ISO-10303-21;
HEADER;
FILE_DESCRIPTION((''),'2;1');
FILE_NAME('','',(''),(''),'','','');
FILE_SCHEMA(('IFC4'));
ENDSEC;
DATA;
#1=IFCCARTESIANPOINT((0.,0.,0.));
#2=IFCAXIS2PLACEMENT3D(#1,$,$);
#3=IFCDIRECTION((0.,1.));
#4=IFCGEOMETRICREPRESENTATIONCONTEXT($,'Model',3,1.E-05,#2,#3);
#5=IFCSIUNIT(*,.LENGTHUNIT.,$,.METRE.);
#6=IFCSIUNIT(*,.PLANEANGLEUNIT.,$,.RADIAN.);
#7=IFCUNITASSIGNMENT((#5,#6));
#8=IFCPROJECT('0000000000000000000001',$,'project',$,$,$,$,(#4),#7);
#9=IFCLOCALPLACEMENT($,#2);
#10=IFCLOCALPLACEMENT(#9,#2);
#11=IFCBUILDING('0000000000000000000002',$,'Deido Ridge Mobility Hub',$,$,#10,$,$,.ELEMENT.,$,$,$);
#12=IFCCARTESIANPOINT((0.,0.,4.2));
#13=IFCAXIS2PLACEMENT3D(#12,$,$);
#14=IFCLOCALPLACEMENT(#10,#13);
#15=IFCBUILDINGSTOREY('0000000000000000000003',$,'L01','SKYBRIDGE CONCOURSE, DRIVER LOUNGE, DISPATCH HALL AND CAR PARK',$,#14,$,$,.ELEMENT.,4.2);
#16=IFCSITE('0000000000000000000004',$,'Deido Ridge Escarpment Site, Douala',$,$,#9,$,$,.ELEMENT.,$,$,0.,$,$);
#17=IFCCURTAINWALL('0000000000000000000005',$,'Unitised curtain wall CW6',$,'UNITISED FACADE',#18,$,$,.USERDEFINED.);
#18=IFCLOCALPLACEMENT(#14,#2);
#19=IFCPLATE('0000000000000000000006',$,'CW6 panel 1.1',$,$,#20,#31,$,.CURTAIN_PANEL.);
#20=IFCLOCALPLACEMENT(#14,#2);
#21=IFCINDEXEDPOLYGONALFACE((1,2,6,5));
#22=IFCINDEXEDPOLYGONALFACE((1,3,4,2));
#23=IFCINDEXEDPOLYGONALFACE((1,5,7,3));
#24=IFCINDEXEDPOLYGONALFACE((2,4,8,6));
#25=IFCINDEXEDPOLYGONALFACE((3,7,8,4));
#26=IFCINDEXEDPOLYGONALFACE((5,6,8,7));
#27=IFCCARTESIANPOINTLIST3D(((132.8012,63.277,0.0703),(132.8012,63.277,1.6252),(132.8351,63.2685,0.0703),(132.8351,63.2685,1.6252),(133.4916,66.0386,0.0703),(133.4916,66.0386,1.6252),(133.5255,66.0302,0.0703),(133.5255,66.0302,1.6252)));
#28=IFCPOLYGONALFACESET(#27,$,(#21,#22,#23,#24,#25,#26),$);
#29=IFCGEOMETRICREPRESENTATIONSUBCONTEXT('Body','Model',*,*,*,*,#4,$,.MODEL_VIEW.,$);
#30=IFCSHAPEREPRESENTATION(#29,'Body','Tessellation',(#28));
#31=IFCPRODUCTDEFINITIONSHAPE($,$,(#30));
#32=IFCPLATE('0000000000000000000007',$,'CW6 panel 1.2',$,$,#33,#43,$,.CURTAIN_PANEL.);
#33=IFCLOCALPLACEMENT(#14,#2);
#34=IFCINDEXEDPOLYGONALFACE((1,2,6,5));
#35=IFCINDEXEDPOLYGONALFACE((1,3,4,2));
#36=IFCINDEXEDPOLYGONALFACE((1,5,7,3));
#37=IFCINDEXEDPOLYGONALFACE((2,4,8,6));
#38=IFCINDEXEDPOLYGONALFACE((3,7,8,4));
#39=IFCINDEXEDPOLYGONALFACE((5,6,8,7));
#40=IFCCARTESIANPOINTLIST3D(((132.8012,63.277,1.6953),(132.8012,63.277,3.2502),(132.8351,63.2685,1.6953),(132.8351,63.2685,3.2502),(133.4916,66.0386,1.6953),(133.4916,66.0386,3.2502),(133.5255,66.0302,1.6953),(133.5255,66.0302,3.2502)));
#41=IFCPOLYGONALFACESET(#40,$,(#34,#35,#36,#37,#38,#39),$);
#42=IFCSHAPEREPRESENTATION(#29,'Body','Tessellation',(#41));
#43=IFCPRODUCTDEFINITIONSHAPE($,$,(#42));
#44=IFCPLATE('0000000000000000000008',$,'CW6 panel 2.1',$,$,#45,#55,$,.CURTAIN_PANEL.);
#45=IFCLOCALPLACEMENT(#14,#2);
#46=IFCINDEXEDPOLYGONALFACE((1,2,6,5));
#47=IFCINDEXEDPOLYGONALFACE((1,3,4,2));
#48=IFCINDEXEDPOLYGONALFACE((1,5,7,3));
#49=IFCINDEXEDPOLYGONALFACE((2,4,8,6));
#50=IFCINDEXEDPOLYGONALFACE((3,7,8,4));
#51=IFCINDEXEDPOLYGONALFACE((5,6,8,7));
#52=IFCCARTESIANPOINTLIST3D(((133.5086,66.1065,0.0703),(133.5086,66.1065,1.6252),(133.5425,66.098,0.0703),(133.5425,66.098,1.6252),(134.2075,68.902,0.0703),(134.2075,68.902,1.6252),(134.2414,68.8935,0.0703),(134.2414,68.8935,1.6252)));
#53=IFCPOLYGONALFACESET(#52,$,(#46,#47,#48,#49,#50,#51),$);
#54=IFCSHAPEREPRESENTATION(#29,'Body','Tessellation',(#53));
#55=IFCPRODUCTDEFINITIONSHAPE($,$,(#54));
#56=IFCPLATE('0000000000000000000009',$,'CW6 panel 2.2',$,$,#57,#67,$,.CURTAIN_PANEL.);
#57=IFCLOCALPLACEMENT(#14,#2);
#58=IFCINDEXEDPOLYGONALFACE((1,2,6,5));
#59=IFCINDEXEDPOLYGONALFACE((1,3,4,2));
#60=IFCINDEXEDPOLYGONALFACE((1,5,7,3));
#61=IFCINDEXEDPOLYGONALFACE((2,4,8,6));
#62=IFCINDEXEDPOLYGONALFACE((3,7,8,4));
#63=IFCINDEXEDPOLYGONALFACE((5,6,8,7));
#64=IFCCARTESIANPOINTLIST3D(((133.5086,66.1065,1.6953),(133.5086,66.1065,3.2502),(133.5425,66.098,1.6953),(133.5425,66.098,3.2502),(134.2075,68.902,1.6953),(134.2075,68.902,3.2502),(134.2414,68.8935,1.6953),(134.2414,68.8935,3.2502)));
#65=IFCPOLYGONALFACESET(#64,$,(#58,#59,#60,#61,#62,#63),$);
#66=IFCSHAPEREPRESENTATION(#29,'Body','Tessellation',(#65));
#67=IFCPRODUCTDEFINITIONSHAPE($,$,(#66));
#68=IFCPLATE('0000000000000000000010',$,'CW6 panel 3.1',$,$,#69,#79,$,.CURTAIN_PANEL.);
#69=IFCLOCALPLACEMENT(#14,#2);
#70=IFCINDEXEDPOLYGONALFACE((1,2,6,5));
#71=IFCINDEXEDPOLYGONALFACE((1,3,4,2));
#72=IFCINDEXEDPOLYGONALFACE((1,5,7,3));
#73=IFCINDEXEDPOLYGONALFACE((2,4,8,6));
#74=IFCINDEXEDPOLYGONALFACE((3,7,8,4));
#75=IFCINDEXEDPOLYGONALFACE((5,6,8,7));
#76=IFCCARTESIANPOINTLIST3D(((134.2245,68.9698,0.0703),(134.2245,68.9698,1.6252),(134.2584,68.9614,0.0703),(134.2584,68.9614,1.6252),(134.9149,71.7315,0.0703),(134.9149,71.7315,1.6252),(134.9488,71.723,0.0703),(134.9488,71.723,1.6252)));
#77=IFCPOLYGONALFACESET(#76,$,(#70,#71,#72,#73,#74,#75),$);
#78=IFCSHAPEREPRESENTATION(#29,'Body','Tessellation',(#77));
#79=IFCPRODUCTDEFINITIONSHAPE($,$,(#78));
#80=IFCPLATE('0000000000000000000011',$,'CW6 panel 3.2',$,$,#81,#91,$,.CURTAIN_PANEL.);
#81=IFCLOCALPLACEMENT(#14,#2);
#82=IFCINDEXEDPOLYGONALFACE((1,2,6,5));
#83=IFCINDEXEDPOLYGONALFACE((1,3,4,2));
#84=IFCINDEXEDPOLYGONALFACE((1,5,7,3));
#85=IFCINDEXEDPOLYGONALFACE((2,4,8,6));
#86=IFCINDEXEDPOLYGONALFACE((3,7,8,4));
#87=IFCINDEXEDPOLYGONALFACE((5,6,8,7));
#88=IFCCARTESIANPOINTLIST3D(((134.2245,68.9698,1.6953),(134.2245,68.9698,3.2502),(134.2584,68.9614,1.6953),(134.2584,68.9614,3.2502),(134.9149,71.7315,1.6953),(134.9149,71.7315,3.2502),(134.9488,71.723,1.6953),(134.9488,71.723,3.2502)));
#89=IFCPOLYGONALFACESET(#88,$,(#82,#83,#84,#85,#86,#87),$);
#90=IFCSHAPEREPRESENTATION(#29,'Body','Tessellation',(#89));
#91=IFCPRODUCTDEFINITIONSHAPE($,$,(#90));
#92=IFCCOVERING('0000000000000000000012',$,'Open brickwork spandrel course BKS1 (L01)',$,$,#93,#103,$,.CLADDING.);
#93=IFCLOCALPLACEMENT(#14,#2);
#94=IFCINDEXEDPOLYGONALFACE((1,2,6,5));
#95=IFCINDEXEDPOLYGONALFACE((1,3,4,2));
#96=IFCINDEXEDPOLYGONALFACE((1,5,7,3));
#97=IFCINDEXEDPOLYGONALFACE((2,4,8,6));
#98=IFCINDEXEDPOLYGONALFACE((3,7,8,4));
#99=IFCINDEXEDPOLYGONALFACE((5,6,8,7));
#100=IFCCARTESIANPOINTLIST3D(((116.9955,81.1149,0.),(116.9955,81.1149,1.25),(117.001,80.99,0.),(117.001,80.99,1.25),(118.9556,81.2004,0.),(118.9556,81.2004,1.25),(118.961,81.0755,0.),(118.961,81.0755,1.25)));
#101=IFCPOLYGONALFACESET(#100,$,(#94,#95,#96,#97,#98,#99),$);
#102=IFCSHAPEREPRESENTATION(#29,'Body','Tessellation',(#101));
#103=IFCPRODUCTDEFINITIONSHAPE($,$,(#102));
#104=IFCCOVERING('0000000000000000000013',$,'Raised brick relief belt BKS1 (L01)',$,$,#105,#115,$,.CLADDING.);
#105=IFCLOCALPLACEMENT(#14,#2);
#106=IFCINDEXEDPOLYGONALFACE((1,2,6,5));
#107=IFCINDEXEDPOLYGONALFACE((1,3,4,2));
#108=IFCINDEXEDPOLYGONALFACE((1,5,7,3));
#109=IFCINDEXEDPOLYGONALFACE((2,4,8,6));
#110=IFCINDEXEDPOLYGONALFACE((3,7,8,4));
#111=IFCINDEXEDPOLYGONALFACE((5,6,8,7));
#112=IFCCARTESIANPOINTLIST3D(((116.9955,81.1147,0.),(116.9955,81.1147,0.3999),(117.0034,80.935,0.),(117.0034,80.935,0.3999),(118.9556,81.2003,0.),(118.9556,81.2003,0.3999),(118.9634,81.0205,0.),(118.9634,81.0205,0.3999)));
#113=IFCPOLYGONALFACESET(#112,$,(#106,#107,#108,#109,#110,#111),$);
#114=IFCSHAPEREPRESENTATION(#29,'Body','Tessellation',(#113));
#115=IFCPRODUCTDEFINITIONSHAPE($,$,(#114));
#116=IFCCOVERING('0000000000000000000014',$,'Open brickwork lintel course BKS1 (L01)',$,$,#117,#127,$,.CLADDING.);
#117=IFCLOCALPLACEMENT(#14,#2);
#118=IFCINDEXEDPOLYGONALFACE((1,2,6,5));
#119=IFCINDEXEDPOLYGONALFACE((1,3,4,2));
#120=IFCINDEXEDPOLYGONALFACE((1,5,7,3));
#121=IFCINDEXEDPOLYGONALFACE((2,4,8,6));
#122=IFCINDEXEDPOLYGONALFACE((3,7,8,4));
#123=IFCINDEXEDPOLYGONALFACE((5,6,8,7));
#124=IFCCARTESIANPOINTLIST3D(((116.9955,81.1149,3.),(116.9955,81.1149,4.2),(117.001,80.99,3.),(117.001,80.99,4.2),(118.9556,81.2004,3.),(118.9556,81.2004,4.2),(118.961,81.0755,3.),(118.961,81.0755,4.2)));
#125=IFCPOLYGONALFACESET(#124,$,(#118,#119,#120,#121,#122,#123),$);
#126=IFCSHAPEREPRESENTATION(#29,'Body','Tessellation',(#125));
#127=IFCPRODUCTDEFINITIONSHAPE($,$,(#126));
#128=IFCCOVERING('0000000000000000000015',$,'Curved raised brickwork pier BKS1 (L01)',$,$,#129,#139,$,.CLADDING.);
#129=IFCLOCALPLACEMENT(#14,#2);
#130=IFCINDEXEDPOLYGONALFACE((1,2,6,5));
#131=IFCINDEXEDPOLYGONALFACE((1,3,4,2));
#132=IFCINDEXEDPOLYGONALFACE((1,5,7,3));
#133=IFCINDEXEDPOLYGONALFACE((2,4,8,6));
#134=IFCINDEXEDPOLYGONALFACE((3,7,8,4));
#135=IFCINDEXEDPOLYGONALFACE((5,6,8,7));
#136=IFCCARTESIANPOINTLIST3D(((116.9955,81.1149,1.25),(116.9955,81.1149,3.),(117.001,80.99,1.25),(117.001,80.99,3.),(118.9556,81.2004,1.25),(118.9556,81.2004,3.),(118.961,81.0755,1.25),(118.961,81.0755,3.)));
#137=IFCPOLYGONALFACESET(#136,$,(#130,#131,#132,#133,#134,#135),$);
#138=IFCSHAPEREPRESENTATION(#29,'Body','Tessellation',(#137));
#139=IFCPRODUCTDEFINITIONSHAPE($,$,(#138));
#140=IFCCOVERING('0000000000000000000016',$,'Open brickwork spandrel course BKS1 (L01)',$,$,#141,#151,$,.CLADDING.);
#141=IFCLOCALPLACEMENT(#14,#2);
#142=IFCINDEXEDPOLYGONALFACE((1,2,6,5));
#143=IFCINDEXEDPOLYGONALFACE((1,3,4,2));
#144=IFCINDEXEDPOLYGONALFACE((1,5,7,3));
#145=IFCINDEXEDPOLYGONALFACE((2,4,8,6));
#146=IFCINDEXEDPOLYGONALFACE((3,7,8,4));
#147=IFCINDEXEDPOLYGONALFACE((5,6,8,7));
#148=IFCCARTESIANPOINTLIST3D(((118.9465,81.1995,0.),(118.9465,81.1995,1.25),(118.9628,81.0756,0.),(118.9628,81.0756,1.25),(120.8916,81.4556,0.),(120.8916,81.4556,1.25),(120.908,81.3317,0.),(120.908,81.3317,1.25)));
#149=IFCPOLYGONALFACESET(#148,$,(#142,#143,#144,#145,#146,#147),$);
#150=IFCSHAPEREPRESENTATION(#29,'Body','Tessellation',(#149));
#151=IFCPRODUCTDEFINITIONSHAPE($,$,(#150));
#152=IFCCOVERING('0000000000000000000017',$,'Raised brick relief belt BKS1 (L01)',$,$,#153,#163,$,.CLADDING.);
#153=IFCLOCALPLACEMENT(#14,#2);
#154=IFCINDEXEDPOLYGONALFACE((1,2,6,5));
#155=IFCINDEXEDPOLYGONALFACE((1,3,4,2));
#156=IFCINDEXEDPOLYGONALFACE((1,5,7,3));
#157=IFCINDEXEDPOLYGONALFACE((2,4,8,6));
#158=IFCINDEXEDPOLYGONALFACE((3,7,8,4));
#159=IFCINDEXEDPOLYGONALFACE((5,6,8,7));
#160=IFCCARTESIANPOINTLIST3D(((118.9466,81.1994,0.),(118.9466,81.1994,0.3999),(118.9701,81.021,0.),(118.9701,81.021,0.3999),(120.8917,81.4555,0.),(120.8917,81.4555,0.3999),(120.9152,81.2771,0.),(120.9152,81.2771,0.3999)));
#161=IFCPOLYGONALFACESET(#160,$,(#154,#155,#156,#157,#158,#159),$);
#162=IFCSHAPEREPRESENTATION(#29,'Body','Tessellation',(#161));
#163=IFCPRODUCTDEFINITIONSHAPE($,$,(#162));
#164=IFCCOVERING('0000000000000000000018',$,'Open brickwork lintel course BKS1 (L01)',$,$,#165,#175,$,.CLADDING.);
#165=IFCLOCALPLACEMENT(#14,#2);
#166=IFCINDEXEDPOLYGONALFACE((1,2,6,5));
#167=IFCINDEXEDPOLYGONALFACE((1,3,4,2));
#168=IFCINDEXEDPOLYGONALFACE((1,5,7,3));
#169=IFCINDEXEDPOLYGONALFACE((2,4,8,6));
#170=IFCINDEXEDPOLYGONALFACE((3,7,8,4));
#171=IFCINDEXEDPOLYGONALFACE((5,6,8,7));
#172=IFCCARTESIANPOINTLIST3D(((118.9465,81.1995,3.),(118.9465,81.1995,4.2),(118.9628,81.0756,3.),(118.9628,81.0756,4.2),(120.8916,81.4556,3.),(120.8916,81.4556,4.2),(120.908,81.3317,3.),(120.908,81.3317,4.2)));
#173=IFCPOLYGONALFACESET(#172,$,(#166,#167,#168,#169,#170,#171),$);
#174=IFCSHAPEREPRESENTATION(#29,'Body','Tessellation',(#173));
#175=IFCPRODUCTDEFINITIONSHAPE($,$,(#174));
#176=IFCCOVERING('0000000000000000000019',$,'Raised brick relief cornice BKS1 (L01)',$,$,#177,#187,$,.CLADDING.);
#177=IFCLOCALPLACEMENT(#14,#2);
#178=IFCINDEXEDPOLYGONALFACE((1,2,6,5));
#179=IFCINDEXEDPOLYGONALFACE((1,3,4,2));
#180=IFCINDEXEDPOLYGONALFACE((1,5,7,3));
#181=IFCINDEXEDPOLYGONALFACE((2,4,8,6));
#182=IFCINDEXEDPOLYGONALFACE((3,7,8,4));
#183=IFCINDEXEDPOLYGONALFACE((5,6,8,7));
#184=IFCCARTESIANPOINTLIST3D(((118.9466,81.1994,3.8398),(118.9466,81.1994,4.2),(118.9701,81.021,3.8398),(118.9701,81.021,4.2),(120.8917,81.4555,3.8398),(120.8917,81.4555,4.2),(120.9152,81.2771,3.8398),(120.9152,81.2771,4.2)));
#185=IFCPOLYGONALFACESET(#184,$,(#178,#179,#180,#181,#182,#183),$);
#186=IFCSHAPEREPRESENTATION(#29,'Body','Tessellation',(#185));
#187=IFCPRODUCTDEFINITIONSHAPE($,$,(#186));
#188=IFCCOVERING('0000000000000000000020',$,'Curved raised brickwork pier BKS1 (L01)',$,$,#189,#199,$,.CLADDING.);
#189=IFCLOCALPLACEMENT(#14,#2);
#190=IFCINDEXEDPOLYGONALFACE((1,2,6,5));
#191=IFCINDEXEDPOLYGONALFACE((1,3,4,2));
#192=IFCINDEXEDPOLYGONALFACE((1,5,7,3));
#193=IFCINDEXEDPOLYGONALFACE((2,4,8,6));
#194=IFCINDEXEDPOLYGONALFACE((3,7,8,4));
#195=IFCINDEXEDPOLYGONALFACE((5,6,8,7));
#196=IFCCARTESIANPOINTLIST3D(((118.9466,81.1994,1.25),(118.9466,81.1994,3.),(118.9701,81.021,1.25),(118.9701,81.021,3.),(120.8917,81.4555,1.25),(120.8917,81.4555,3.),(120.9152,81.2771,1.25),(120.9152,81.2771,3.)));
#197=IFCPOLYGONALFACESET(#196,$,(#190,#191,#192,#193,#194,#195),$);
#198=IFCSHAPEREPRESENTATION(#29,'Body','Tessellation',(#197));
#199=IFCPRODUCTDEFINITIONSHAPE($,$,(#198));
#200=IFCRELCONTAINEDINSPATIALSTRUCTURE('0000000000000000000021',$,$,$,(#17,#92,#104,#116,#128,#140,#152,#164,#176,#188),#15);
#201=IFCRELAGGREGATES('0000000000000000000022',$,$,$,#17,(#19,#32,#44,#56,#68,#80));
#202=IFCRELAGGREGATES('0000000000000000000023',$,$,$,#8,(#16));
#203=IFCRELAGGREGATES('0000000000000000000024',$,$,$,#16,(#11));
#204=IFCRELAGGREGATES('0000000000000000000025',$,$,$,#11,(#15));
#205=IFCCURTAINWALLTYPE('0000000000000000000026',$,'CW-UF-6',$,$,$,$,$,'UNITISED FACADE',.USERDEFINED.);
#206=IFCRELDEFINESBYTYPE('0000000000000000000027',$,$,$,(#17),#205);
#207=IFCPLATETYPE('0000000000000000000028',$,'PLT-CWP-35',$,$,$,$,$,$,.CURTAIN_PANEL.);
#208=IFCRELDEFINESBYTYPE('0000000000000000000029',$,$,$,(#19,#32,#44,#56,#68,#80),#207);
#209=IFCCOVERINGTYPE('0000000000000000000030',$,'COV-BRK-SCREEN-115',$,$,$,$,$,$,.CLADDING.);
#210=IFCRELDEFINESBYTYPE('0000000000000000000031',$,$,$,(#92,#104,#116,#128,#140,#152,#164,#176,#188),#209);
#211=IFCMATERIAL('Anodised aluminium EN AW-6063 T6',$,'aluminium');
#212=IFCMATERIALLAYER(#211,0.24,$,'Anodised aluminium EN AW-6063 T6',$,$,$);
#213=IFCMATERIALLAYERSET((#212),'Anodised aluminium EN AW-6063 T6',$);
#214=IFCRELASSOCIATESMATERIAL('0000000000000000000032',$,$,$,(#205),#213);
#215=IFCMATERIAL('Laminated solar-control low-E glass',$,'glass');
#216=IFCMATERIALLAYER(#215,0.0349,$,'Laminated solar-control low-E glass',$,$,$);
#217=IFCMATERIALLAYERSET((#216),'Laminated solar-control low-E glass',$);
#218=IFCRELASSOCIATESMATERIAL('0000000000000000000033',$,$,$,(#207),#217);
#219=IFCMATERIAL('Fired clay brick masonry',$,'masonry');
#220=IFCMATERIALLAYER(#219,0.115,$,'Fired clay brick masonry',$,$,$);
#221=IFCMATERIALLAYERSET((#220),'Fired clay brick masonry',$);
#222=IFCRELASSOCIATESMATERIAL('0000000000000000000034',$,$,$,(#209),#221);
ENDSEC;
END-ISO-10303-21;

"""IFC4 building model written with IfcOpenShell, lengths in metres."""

from ifc_helpers import new_model, si_unit, direction, frame, origin, origin_2d, place, context, subcontext, project, spatial, rectangle, extrude, material, layer, layer_set, type_object, element, aggregate, save


model = new_model("IFC4")

# Units and contexts
model_context = context("Model", 3, precision=1e-05, world=origin(), true_north=direction((0.0, 1.0)))
body_context = subcontext(model_context, "Body", "Model", "MODEL_VIEW")
ifc_project = project(units=[si_unit("LENGTHUNIT", "METRE"), si_unit("PLANEANGLEUNIT", "RADIAN")], contexts=[model_context])

# Site, building, storey
site_placement = place(None, origin())
site = spatial("IfcSite", under=ifc_project, at=site_placement, Name="Deido Ridge Escarpment Site, Douala", CompositionType="ELEMENT", RefElevation=0.0)
building_placement = place(site_placement, origin())
building = spatial("IfcBuilding", under=site, at=building_placement, Name="Deido Ridge Mobility Hub", CompositionType="ELEMENT")
storey_placement = place(building_placement, frame((0.0, 0.0, 4.2)))
storey = spatial("IfcBuildingStorey", under=building, at=storey_placement, Name="L01", Description="SKYBRIDGE CONCOURSE, DRIVER LOUNGE, DISPATCH HALL AND CAR PARK", CompositionType="ELEMENT", Elevation=4.2)

# Curtain wall, plates
ifc_material_1 = material(Name="Anodised aluminium EN AW-6063 T6", Category="aluminium")
ifc_layer_1 = layer(ifc_material_1, 0.24, Name="Anodised aluminium EN AW-6063 T6")
ifc_layer_set_1 = layer_set([ifc_layer_1], Name="Anodised aluminium EN AW-6063 T6")
curtain_wall_type = type_object("IfcCurtainWallType", Name="CW-UF-6", ElementType="UNITISED FACADE", PredefinedType="USERDEFINED", material=ifc_layer_set_1)
curtain_wall_placement = place(storey_placement, origin())
curtain_wall = element("IfcCurtainWall", 1, at=curtain_wall_placement, inside=storey, type_object=curtain_wall_type, Name="Unitised curtain wall CW6", ObjectType="UNITISED FACADE", PredefinedType="USERDEFINED")
ifc_material_2 = material(Name="Laminated solar-control low-E glass", Category="glass")
ifc_layer_2 = layer(ifc_material_2, 0.0349, Name="Laminated solar-control low-E glass")
ifc_layer_set_2 = layer_set([ifc_layer_2], Name="Laminated solar-control low-E glass")
plate_type = type_object("IfcPlateType", Name="PLT-CWP-35", PredefinedType="CURTAIN_PANEL", material=ifc_layer_set_2)
plate_1_placement = place(storey_placement, frame((133.1633, 64.6536, 0.0703), z_axis=(0.0, 0.0, 1.0), x_axis=(0.24253, 0.970144, 0.0)))
plate_1 = element("IfcPlate", 2, at=plate_1_placement, type_object=plate_type, Name="CW6 panel 1.1", PredefinedType="CURTAIN_PANEL", context=body_context, shape_type="SweptSolid", body=[
    extrude(rectangle(XDim=2.8467, YDim=0.0349, at=origin_2d()), origin(), (0.0, 0.0, 1.0), 1.5549),
])
plate_2_placement = place(storey_placement, frame((133.1633, 64.6536, 1.6953), z_axis=(0.0, 0.0, 1.0), x_axis=(0.24253, 0.970144, 0.0)))
plate_2 = element("IfcPlate", 3, at=plate_2_placement, type_object=plate_type, Name="CW6 panel 1.2", PredefinedType="CURTAIN_PANEL", context=body_context, shape_type="SweptSolid", body=[
    extrude(rectangle(XDim=2.8467, YDim=0.0349, at=origin_2d()), origin(), (0.0, 0.0, 1.0), 1.5549),
])
plate_3_placement = place(storey_placement, frame((133.875, 67.5, 0.0703), z_axis=(0.0, 0.0, 1.0), x_axis=(0.24253, 0.970144, 0.0)))
plate_3 = element("IfcPlate", 4, at=plate_3_placement, type_object=plate_type, Name="CW6 panel 2.1", PredefinedType="CURTAIN_PANEL", context=body_context, shape_type="SweptSolid", body=[
    extrude(rectangle(XDim=2.8816, YDim=0.0349, at=origin_2d()), origin(), (0.0, 0.0, 1.0), 1.5549),
])
plate_4_placement = place(storey_placement, frame((133.875, 67.5, 1.6953), z_axis=(0.0, 0.0, 1.0), x_axis=(0.24253, 0.970144, 0.0)))
plate_4 = element("IfcPlate", 5, at=plate_4_placement, type_object=plate_type, Name="CW6 panel 2.2", PredefinedType="CURTAIN_PANEL", context=body_context, shape_type="SweptSolid", body=[
    extrude(rectangle(XDim=2.8816, YDim=0.0349, at=origin_2d()), origin(), (0.0, 0.0, 1.0), 1.5549),
])
plate_5_placement = place(storey_placement, frame((134.5867, 70.3464, 0.0703), z_axis=(0.0, 0.0, 1.0), x_axis=(0.24253, 0.970144, 0.0)))
plate_5 = element("IfcPlate", 6, at=plate_5_placement, type_object=plate_type, Name="CW6 panel 3.1", PredefinedType="CURTAIN_PANEL", context=body_context, shape_type="SweptSolid", body=[
    extrude(rectangle(XDim=2.8467, YDim=0.0349, at=origin_2d()), origin(), (0.0, 0.0, 1.0), 1.5549),
])
plate_6_placement = place(storey_placement, frame((134.5867, 70.3464, 1.6953), z_axis=(0.0, 0.0, 1.0), x_axis=(0.24253, 0.970144, 0.0)))
plate_6 = element("IfcPlate", 7, at=plate_6_placement, type_object=plate_type, Name="CW6 panel 3.2", PredefinedType="CURTAIN_PANEL", context=body_context, shape_type="SweptSolid", body=[
    extrude(rectangle(XDim=2.8467, YDim=0.0349, at=origin_2d()), origin(), (0.0, 0.0, 1.0), 1.5549),
])
aggregate(curtain_wall, [plate_1, plate_2, plate_3, plate_4, plate_5, plate_6])

# Coverings
ifc_material_3 = material(Name="Fired clay brick masonry", Category="masonry")
ifc_layer_3 = layer(ifc_material_3, 0.115, Name="Fired clay brick masonry")
ifc_layer_set_3 = layer_set([ifc_layer_3], Name="Fired clay brick masonry")
covering_type = type_object("IfcCoveringType", Name="COV-BRK-SCREEN-115", PredefinedType="CLADDING", material=ifc_layer_set_3)
covering_1_placement = place(storey_placement, frame((117.9783, 81.0952, 0.0), z_axis=(0.0, 0.0, 1.0), x_axis=(0.999049, 0.043602, 0.0)))
element("IfcCovering", 8, at=covering_1_placement, inside=storey, type_object=covering_type, Name="Open brickwork spandrel course BKS1 (L01)", PredefinedType="CLADDING", context=body_context, shape_type="SweptSolid", body=[
    extrude(rectangle(XDim=1.9619, YDim=0.125, at=origin_2d()), origin(), (0.0, 0.0, 1.0), 1.25),
])
covering_2_placement = place(storey_placement, frame((117.9795, 81.0676, 0.0), z_axis=(0.0, 0.0, 1.0), x_axis=(0.999049, 0.043602, 0.0)))
element("IfcCovering", 9, at=covering_2_placement, inside=storey, type_object=covering_type, Name="Raised brick relief belt BKS1 (L01)", PredefinedType="CLADDING", context=body_context, shape_type="SweptSolid", body=[
    extrude(rectangle(XDim=1.9619, YDim=0.1799, at=origin_2d()), origin(), (0.0, 0.0, 1.0), 0.3999),
])
covering_3_placement = place(storey_placement, frame((117.9783, 81.0952, 3.0), z_axis=(0.0, 0.0, 1.0), x_axis=(0.999049, 0.043602, 0.0)))
element("IfcCovering", 10, at=covering_3_placement, inside=storey, type_object=covering_type, Name="Open brickwork lintel course BKS1 (L01)", PredefinedType="CLADDING", context=body_context, shape_type="SweptSolid", body=[
    extrude(rectangle(XDim=1.9619, YDim=0.125, at=origin_2d()), origin(), (0.0, 0.0, 1.0), 1.2),
])
covering_4_placement = place(storey_placement, frame((117.9783, 81.0952, 1.25), z_axis=(0.0, 0.0, 1.0), x_axis=(0.999049, 0.043602, 0.0)))
element("IfcCovering", 11, at=covering_4_placement, inside=storey, type_object=covering_type, Name="Curved raised brickwork pier BKS1 (L01)", PredefinedType="CLADDING", context=body_context, shape_type="SweptSolid", body=[
    extrude(rectangle(XDim=1.9619, YDim=0.125, at=origin_2d()), origin(), (0.0, 0.0, 1.0), 1.75),
])
covering_5_placement = place(storey_placement, frame((119.9272, 81.2656, 0.0), z_axis=(0.0, 0.0, 1.0), x_axis=(0.991443, 0.130543, 0.0)))
element("IfcCovering", 12, at=covering_5_placement, inside=storey, type_object=covering_type, Name="Open brickwork spandrel course BKS1 (L01)", PredefinedType="CLADDING", context=body_context, shape_type="SweptSolid", body=[
    extrude(rectangle(XDim=1.9619, YDim=0.125, at=origin_2d()), origin(), (0.0, 0.0, 1.0), 1.25),
])
covering_6_placement = place(storey_placement, frame((119.9309, 81.2383, 0.0), z_axis=(0.0, 0.0, 1.0), x_axis=(0.991443, 0.130543, 0.0)))
element("IfcCovering", 13, at=covering_6_placement, inside=storey, type_object=covering_type, Name="Raised brick relief belt BKS1 (L01)", PredefinedType="CLADDING", context=body_context, shape_type="SweptSolid", body=[
    extrude(rectangle(XDim=1.9619, YDim=0.1799, at=origin_2d()), origin(), (0.0, 0.0, 1.0), 0.3999),
])
covering_7_placement = place(storey_placement, frame((119.9272, 81.2656, 3.0), z_axis=(0.0, 0.0, 1.0), x_axis=(0.991443, 0.130543, 0.0)))
element("IfcCovering", 14, at=covering_7_placement, inside=storey, type_object=covering_type, Name="Open brickwork lintel course BKS1 (L01)", PredefinedType="CLADDING", context=body_context, shape_type="SweptSolid", body=[
    extrude(rectangle(XDim=1.9619, YDim=0.125, at=origin_2d()), origin(), (0.0, 0.0, 1.0), 1.2),
])
covering_8_placement = place(storey_placement, frame((119.9309, 81.2383, 3.8398), z_axis=(0.0, 0.0, 1.0), x_axis=(0.991443, 0.130543, 0.0)))
element("IfcCovering", 15, at=covering_8_placement, inside=storey, type_object=covering_type, Name="Raised brick relief cornice BKS1 (L01)", PredefinedType="CLADDING", context=body_context, shape_type="SweptSolid", body=[
    extrude(rectangle(XDim=1.9619, YDim=0.1799, at=origin_2d()), origin(), (0.0, 0.0, 1.0), 0.3601),
])
covering_9_placement = place(storey_placement, frame((119.9309, 81.2383, 1.25), z_axis=(0.0, 0.0, 1.0), x_axis=(0.991443, 0.130543, 0.0)))
element("IfcCovering", 16, at=covering_9_placement, inside=storey, type_object=covering_type, Name="Curved raised brickwork pier BKS1 (L01)", PredefinedType="CLADDING", context=body_context, shape_type="SweptSolid", body=[
    extrude(rectangle(XDim=1.9619, YDim=0.1799, at=origin_2d()), origin(), (0.0, 0.0, 1.0), 1.75),
])

save(model, "model.ifc")
